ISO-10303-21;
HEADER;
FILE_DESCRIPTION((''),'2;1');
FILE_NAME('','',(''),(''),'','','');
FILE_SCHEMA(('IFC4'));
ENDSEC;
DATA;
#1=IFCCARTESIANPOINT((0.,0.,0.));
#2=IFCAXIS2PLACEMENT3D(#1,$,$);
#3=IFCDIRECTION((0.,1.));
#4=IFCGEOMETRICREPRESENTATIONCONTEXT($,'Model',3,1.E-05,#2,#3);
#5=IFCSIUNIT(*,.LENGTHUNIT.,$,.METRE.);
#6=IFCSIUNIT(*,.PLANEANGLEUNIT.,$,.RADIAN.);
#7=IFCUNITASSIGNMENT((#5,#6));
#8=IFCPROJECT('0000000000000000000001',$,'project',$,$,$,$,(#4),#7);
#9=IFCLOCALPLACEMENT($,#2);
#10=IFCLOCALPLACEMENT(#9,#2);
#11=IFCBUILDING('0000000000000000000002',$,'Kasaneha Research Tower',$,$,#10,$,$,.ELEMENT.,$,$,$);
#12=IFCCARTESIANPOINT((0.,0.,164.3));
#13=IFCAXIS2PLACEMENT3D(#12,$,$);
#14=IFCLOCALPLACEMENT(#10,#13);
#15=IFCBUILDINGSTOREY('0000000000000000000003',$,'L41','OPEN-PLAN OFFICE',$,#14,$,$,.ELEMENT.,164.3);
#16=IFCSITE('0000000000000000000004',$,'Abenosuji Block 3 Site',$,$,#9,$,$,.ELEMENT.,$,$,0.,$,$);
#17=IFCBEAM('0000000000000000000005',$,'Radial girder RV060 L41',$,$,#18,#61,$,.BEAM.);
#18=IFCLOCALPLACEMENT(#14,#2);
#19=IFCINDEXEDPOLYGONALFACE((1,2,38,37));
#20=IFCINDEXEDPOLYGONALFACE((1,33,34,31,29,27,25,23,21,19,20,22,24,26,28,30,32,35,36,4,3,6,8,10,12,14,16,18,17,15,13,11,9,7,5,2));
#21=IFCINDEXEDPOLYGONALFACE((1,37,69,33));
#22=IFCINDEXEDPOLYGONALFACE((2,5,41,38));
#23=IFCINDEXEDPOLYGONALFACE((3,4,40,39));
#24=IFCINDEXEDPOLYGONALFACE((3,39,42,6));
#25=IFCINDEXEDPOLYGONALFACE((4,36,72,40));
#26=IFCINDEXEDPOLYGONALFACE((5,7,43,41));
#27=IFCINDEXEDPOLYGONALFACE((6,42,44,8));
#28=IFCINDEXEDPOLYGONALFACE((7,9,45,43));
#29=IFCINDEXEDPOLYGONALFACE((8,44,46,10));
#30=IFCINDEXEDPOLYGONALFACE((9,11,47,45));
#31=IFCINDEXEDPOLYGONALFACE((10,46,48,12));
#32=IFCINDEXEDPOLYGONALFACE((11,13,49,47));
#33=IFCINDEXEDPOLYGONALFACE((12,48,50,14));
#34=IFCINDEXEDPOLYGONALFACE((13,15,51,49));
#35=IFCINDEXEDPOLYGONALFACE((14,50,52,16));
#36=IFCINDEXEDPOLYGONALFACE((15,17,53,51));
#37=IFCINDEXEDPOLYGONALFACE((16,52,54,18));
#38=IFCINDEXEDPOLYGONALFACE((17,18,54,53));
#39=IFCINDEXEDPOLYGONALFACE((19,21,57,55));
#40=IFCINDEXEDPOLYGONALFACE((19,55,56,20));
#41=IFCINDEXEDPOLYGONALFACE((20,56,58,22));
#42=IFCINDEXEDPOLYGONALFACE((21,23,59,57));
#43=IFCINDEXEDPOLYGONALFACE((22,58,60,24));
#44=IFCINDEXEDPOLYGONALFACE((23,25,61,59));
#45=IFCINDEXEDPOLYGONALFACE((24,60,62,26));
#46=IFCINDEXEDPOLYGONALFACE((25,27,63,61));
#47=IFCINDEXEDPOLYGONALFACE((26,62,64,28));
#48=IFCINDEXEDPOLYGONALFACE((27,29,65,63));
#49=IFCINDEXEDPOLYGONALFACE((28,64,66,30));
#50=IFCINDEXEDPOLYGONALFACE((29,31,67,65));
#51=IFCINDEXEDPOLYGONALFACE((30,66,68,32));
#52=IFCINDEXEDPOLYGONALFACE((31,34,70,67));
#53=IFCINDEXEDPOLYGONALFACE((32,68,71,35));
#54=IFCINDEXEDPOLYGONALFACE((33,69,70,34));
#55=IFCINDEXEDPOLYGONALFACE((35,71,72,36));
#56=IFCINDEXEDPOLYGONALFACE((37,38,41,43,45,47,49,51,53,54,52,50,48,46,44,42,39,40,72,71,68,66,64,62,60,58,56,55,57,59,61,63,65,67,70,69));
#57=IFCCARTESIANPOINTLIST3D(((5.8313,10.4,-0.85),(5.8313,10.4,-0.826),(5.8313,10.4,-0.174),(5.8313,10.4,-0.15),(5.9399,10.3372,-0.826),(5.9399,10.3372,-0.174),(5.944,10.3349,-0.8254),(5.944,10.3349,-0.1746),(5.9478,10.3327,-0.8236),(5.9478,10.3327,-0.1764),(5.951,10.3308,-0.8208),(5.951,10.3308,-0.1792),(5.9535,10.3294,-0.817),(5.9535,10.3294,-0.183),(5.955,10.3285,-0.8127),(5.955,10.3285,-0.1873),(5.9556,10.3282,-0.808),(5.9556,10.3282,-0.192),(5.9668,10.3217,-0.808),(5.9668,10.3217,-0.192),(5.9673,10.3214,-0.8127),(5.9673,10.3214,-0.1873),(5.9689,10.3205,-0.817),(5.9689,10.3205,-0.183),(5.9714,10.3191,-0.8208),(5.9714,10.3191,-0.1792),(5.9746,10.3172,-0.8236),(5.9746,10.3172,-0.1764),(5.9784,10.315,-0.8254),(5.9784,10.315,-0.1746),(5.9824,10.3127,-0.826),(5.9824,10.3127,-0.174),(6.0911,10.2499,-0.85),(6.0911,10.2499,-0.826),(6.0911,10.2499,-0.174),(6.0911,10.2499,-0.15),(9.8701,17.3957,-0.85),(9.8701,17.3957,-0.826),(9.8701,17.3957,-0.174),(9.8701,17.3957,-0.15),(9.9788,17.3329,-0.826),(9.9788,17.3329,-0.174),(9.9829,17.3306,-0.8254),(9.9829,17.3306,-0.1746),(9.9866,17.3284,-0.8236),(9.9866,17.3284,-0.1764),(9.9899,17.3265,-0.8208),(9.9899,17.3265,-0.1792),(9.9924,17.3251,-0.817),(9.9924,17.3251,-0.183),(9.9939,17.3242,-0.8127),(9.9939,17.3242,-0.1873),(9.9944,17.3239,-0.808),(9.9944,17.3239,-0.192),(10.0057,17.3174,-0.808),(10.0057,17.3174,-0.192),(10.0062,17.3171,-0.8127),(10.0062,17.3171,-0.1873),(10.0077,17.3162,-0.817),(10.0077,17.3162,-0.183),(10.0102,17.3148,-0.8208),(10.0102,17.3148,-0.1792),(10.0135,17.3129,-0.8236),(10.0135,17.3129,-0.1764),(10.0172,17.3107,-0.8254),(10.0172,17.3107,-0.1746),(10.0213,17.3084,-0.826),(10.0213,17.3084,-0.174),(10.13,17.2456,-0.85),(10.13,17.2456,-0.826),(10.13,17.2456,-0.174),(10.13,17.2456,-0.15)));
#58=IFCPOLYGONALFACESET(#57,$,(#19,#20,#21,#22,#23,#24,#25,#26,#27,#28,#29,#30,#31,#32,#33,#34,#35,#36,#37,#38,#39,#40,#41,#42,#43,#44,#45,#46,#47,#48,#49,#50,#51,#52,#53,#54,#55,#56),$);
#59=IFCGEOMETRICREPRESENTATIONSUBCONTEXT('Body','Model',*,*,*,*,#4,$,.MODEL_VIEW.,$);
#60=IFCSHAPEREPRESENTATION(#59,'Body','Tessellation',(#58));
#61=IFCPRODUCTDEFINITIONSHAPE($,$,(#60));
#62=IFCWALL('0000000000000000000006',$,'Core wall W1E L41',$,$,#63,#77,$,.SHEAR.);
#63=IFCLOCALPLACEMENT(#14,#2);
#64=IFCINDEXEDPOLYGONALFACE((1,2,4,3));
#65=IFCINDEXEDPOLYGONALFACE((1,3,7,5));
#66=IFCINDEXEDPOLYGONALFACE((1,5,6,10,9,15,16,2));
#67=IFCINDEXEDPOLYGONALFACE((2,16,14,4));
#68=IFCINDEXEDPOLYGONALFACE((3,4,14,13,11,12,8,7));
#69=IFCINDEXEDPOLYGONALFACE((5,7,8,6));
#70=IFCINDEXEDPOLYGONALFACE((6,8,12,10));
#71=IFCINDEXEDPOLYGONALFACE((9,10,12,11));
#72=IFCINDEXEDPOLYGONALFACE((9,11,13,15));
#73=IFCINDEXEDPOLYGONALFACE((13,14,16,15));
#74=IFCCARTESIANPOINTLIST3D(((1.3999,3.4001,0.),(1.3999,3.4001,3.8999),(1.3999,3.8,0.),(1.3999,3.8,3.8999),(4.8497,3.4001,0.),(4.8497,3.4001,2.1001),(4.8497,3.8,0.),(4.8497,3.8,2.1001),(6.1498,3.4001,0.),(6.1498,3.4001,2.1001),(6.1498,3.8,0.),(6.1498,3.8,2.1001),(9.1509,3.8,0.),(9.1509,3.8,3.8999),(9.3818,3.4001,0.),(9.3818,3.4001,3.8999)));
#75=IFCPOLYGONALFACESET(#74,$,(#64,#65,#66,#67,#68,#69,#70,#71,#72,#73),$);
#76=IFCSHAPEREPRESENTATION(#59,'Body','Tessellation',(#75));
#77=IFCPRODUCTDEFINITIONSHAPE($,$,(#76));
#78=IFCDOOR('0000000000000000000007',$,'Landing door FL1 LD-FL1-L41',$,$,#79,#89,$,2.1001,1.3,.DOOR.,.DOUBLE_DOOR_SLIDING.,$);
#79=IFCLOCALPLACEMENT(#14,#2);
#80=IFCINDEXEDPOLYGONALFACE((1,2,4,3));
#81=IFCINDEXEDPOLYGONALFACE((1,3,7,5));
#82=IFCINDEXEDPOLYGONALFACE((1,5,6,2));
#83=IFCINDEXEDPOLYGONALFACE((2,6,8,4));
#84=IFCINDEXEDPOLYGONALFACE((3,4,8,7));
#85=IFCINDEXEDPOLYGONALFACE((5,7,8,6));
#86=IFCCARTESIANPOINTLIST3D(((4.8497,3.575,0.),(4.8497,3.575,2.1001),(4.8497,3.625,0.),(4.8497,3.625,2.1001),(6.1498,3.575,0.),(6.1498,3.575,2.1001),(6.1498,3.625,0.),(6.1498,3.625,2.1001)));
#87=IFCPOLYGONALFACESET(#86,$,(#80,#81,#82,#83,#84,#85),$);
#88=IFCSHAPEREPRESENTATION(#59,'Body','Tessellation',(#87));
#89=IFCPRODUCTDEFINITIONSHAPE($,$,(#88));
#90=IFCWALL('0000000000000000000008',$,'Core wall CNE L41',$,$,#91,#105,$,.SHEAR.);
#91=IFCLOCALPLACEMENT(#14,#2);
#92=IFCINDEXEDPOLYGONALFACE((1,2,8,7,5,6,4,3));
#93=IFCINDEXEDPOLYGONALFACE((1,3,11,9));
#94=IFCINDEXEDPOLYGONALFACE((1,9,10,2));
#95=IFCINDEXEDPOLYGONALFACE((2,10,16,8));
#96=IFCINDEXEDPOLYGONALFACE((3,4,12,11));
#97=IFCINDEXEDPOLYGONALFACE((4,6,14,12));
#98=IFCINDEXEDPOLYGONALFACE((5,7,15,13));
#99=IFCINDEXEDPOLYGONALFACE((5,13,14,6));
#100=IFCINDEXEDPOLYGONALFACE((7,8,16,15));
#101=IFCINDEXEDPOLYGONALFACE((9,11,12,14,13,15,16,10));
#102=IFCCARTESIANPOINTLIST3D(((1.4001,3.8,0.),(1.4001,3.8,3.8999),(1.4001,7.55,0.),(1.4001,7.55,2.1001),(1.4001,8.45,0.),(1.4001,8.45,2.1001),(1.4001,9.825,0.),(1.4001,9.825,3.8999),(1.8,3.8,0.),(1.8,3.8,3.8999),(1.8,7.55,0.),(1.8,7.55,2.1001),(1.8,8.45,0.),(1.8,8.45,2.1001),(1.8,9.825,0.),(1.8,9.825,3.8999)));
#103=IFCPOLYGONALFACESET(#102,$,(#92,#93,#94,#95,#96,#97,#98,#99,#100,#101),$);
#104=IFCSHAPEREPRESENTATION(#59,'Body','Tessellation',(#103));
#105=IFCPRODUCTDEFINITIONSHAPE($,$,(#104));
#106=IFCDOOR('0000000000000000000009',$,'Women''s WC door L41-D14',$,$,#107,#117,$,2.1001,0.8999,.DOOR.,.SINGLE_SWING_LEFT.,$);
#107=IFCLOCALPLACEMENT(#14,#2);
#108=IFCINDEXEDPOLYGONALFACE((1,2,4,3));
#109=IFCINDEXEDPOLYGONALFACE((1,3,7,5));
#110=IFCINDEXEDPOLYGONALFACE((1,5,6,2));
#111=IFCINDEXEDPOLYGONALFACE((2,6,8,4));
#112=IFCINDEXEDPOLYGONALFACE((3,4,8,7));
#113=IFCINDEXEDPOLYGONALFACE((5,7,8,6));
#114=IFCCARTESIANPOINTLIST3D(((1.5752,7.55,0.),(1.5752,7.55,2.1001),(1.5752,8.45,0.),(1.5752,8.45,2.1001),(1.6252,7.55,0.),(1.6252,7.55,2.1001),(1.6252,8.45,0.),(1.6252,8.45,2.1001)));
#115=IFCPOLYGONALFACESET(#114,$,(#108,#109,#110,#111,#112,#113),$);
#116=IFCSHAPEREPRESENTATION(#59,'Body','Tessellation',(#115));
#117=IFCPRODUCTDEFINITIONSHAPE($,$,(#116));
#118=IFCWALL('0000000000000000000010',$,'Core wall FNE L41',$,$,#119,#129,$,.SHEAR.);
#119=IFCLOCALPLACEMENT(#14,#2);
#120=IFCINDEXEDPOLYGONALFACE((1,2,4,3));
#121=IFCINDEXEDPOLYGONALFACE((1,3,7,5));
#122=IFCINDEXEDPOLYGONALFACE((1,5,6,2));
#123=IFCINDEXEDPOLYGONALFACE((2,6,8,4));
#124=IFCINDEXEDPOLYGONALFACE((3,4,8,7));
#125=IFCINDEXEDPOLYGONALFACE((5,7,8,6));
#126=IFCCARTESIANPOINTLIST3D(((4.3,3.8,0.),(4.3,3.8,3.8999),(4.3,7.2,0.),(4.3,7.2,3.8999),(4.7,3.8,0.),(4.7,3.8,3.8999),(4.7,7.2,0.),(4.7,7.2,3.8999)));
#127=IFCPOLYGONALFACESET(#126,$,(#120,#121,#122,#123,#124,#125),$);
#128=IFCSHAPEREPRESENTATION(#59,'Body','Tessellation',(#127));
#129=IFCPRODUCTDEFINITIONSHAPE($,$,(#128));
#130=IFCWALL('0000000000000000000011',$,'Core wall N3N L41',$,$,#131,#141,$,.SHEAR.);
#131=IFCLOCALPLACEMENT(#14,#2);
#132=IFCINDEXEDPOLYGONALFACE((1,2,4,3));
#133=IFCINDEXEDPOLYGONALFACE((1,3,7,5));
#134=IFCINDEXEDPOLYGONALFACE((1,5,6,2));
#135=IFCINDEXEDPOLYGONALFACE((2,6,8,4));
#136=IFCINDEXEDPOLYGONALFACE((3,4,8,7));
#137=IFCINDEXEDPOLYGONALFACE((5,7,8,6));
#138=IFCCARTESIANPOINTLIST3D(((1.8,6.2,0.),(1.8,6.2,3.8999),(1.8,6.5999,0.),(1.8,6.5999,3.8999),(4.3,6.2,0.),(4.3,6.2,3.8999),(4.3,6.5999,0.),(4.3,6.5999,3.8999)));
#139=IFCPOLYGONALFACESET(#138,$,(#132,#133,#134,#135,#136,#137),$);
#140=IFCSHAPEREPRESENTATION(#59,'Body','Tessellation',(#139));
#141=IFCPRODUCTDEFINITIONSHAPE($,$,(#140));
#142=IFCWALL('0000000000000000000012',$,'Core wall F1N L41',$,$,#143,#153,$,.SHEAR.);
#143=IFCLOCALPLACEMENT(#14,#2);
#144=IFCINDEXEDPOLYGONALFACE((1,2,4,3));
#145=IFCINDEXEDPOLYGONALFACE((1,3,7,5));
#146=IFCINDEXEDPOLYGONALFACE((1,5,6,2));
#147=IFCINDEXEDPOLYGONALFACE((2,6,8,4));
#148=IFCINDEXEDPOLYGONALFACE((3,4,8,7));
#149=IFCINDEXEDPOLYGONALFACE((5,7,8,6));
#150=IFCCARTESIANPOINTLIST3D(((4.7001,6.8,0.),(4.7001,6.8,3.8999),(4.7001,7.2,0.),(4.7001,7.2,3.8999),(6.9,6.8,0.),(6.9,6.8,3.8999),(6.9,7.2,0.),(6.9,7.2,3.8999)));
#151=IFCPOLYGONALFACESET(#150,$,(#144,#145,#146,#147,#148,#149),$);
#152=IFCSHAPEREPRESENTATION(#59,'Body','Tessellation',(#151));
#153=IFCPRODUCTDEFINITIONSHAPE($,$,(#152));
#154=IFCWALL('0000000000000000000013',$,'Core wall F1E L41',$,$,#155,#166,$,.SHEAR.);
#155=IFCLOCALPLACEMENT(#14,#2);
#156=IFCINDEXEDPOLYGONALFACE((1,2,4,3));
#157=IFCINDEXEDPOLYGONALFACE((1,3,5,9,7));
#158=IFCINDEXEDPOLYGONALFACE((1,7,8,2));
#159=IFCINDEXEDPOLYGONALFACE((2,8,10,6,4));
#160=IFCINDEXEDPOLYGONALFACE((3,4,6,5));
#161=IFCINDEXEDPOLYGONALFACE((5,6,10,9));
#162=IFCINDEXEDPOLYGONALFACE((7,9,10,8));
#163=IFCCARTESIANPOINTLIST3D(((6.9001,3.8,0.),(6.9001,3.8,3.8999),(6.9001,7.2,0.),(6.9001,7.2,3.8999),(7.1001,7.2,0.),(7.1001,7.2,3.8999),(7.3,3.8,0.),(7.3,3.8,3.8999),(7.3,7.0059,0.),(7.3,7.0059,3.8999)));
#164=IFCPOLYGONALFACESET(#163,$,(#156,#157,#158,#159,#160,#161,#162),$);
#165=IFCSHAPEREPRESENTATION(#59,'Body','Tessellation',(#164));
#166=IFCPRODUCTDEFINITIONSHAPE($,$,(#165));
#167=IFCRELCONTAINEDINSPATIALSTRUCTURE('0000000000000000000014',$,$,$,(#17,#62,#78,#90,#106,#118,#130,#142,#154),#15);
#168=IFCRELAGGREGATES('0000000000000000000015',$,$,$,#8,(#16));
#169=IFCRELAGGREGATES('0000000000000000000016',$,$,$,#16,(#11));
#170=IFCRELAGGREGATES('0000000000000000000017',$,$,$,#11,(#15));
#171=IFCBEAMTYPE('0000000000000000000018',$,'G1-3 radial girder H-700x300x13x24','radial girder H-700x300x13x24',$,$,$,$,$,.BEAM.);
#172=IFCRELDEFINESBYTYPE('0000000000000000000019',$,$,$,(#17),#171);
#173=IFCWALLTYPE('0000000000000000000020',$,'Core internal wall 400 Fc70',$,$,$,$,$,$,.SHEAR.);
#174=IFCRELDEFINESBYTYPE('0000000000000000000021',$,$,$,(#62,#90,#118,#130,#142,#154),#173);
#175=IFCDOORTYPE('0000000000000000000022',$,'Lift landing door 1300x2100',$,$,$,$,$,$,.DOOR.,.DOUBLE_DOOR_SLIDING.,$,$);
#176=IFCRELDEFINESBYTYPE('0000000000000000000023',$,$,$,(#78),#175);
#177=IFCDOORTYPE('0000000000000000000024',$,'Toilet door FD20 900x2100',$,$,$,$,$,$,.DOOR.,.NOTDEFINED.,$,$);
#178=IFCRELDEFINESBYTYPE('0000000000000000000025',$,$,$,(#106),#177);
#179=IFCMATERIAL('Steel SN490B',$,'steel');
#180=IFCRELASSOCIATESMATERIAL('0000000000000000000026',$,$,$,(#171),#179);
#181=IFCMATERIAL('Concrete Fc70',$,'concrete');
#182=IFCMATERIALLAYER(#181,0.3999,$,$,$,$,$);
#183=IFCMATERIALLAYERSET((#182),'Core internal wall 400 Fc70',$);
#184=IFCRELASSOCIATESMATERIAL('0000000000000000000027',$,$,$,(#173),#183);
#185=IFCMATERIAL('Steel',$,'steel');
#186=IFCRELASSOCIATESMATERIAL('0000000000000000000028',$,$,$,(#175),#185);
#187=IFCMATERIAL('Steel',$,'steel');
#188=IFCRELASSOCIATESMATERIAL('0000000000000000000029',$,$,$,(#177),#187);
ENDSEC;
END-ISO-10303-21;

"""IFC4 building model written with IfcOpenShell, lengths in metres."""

from ifc_helpers import new_model, si_unit, direction, frame, frame_2d, origin, origin_2d, place, context, subcontext, project, spatial, polyline, rectangle, i_section, outline, extrude, material, layer, layer_set, material_profile, profile_set, type_object, element, fill, save


model = new_model("IFC4")

# Units and contexts
model_context = context("Model", 3, precision=1e-05, world=origin(), true_north=direction((0.0, 1.0)))
body_context = subcontext(model_context, "Body", "Model", "MODEL_VIEW")
ifc_project = project(units=[si_unit("LENGTHUNIT", "METRE"), si_unit("PLANEANGLEUNIT", "RADIAN")], contexts=[model_context])

# Site, building, storey
site_placement = place(None, origin())
site = spatial("IfcSite", under=ifc_project, at=site_placement, Name="Abenosuji Block 3 Site", CompositionType="ELEMENT", RefElevation=0.0)
building_placement = place(site_placement, origin())
building = spatial("IfcBuilding", under=site, at=building_placement, Name="Kasaneha Research Tower", CompositionType="ELEMENT")
storey_placement = place(building_placement, frame((0.0, 0.0, 164.3)))
storey = spatial("IfcBuildingStorey", under=building, at=storey_placement, Name="L41", Description="OPEN-PLAN OFFICE", CompositionType="ELEMENT", Elevation=164.3)

# Beam
ifc_material_1 = material(Name="Steel SN490B", Category="steel")
ifc_material_profile = material_profile(ifc_material_1, i_section(OverallWidth=0.3, OverallDepth=0.7, WebThickness=0.0129, FlangeThickness=0.0239, FilletRadius=0.0181, at=origin_2d()), Name="H-700x300x13x24")
ifc_profile_set = profile_set([ifc_material_profile], Name="Steel SN490B")
beam_type = type_object("IfcBeamType", Name="G1-3 radial girder H-700x300x13x24", Description="radial girder H-700x300x13x24", PredefinedType="BEAM", material=ifc_profile_set)
beam_placement = place(storey_placement, frame((5.9612, 10.325, -0.5), z_axis=(0.499991, 0.866031, 0.0), x_axis=(-0.866031, 0.499991, 0.0)))
element("IfcBeam", 1, at=beam_placement, inside=storey, type_object=beam_type, Name="Radial girder RV060 L41", PredefinedType="BEAM", context=body_context, shape_type="SweptSolid", body=[
    extrude(i_section(OverallWidth=0.3, OverallDepth=0.7, WebThickness=0.0129, FlangeThickness=0.0239, FilletRadius=0.0181, at=origin_2d()), origin(), (0.0, 0.0, 1.0), 8.0779),
])

# Walls, openings, doors
ifc_material_2 = material(Name="Concrete Fc70", Category="concrete")
ifc_layer_1 = layer(ifc_material_2, 0.3999)
ifc_layer_set_1 = layer_set([ifc_layer_1], Name="Core internal wall 400 Fc70")
wall_type_1 = type_object("IfcWallType", Name="Core internal wall 400 Fc70", PredefinedType="SHEAR", material=ifc_layer_set_1)
wall_1_placement = place(storey_placement, frame((1.3999, 3.6001, 0.0), z_axis=(0.0, 0.0, 1.0), x_axis=(1.0, 0.0, 0.0)))
wall_1 = element("IfcWall", 2, at=wall_1_placement, inside=storey, type_object=wall_type_1, Name="Core wall W1E L41", PredefinedType="SHEAR", context=body_context, shape_type="SweptSolid", body=[
    extrude(outline(polyline([(0.0, -0.2), (3.45, -0.2), (4.75, -0.2), (7.9819, -0.2), (7.751, 0.2), (4.75, 0.2), (3.45, 0.2), (0.0, 0.2), (0.0, -0.2)])), origin(), (0.0, 0.0, 1.0), 3.8999),
])
opening_1_placement = place(wall_1_placement, frame((3.45, 0.0, 0.0)))
opening_1 = element("IfcOpeningElement", 3, at=opening_1_placement, cuts=wall_1, PredefinedType="OPENING", context=body_context, shape_type="SweptSolid", body=[
    extrude(rectangle(XDim=1.3, YDim=2.1001, at=frame_2d((0.6499, 1.05))), frame((0.0, 0.21, 0.0), z_axis=(0.0, -1.0, 0.0), x_axis=(1.0, 0.0, 0.0)), (0.0, 0.0, 1.0), 0.4199),
])
ifc_material_3 = material(Name="Steel", Category="steel")
door_type_1 = type_object("IfcDoorType", Name="Lift landing door 1300x2100", OperationType="DOUBLE_DOOR_SLIDING", PredefinedType="DOOR", material=ifc_material_3)
door_1_placement = place(opening_1_placement, origin())
door_1 = element("IfcDoor", 4, at=door_1_placement, inside=storey, type_object=door_type_1, Name="Landing door FL1 LD-FL1-L41", OperationType="DOUBLE_DOOR_SLIDING", OverallHeight=2.1001, OverallWidth=1.3, PredefinedType="DOOR", context=body_context, shape_type="SweptSolid", body=[
    extrude(rectangle(XDim=1.3, YDim=2.1001, at=frame_2d((0.6499, 1.05))), frame((0.0, 0.0249, 0.0), z_axis=(0.0, -1.0, 0.0), x_axis=(1.0, 0.0, 0.0)), (0.0, 0.0, 1.0), 0.05),
])
fill(opening_1, door_1)
wall_2_placement = place(storey_placement, frame((1.6001, 3.8, 0.0), z_axis=(0.0, 0.0, 1.0), x_axis=(0.0, 1.0, 0.0)))
wall_2 = element("IfcWall", 5, at=wall_2_placement, inside=storey, type_object=wall_type_1, Name="Core wall CNE L41", PredefinedType="SHEAR", context=body_context, shape_type="SweptSolid", body=[
    extrude(rectangle(XDim=6.0249, YDim=0.3999, at=frame_2d((3.0125, 0.0))), origin(), (0.0, 0.0, 1.0), 3.8999),
])
opening_2_placement = place(wall_2_placement, frame((3.75, 0.0, 0.0)))
opening_2 = element("IfcOpeningElement", 6, at=opening_2_placement, cuts=wall_2, PredefinedType="OPENING", context=body_context, shape_type="SweptSolid", body=[
    extrude(rectangle(XDim=0.8999, YDim=2.1001, at=frame_2d((0.45, 1.05))), frame((0.0, 0.21, 0.0), z_axis=(0.0, -1.0, 0.0), x_axis=(1.0, 0.0, 0.0)), (0.0, 0.0, 1.0), 0.4199),
])
ifc_material_4 = material(Name="Steel", Category="steel")
door_type_2 = type_object("IfcDoorType", Name="Toilet door FD20 900x2100", OperationType="NOTDEFINED", PredefinedType="DOOR", material=ifc_material_4)
door_2_placement = place(opening_2_placement, origin())
door_2 = element("IfcDoor", 7, at=door_2_placement, inside=storey, type_object=door_type_2, Name="Women's WC door L41-D14", OperationType="SINGLE_SWING_LEFT", OverallHeight=2.1001, OverallWidth=0.8999, PredefinedType="DOOR", context=body_context, shape_type="SweptSolid", body=[
    extrude(rectangle(XDim=0.8999, YDim=2.1001, at=frame_2d((0.45, 1.05))), frame((0.0, 0.0249, 0.0), z_axis=(0.0, -1.0, 0.0), x_axis=(1.0, 0.0, 0.0)), (0.0, 0.0, 1.0), 0.05),
])
fill(opening_2, door_2)

# Walls
wall_3_placement = place(storey_placement, frame((4.5, 3.8, 0.0), z_axis=(0.0, 0.0, 1.0), x_axis=(0.0, 1.0, 0.0)))
element("IfcWall", 8, at=wall_3_placement, inside=storey, type_object=wall_type_1, Name="Core wall FNE L41", PredefinedType="SHEAR", context=body_context, shape_type="SweptSolid", body=[
    extrude(rectangle(XDim=3.3999, YDim=0.3999, at=frame_2d((1.7, 0.0))), origin(), (0.0, 0.0, 1.0), 3.8999),
])
wall_4_placement = place(storey_placement, frame((1.8, 6.3999, 0.0), z_axis=(0.0, 0.0, 1.0), x_axis=(1.0, 0.0, 0.0)))
element("IfcWall", 9, at=wall_4_placement, inside=storey, type_object=wall_type_1, Name="Core wall N3N L41", PredefinedType="SHEAR", context=body_context, shape_type="SweptSolid", body=[
    extrude(rectangle(XDim=2.5, YDim=0.3999, at=frame_2d((1.25, 0.0))), origin(), (0.0, 0.0, 1.0), 3.8999),
])
wall_5_placement = place(storey_placement, frame((4.7, 7.0, 0.0), z_axis=(0.0, 0.0, 1.0), x_axis=(1.0, 0.0, 0.0)))
element("IfcWall", 10, at=wall_5_placement, inside=storey, type_object=wall_type_1, Name="Core wall F1N L41", PredefinedType="SHEAR", context=body_context, shape_type="SweptSolid", body=[
    extrude(rectangle(XDim=2.2, YDim=0.3999, at=frame_2d((1.1001, 0.0))), origin(), (0.0, 0.0, 1.0), 3.8999),
])
wall_6_placement = place(storey_placement, frame((7.1001, 3.8, 0.0), z_axis=(0.0, 0.0, 1.0), x_axis=(0.0, 1.0, 0.0)))
element("IfcWall", 11, at=wall_6_placement, inside=storey, type_object=wall_type_1, Name="Core wall F1E L41", PredefinedType="SHEAR", context=body_context, shape_type="SweptSolid", body=[
    extrude(outline(polyline([(0.0, -0.2), (3.2058, -0.2), (3.3999, 0.0), (3.3999, 0.2), (0.0, 0.2), (0.0, -0.2)])), origin(), (0.0, 0.0, 1.0), 3.8999),
])

save(model, "model.ifc")
